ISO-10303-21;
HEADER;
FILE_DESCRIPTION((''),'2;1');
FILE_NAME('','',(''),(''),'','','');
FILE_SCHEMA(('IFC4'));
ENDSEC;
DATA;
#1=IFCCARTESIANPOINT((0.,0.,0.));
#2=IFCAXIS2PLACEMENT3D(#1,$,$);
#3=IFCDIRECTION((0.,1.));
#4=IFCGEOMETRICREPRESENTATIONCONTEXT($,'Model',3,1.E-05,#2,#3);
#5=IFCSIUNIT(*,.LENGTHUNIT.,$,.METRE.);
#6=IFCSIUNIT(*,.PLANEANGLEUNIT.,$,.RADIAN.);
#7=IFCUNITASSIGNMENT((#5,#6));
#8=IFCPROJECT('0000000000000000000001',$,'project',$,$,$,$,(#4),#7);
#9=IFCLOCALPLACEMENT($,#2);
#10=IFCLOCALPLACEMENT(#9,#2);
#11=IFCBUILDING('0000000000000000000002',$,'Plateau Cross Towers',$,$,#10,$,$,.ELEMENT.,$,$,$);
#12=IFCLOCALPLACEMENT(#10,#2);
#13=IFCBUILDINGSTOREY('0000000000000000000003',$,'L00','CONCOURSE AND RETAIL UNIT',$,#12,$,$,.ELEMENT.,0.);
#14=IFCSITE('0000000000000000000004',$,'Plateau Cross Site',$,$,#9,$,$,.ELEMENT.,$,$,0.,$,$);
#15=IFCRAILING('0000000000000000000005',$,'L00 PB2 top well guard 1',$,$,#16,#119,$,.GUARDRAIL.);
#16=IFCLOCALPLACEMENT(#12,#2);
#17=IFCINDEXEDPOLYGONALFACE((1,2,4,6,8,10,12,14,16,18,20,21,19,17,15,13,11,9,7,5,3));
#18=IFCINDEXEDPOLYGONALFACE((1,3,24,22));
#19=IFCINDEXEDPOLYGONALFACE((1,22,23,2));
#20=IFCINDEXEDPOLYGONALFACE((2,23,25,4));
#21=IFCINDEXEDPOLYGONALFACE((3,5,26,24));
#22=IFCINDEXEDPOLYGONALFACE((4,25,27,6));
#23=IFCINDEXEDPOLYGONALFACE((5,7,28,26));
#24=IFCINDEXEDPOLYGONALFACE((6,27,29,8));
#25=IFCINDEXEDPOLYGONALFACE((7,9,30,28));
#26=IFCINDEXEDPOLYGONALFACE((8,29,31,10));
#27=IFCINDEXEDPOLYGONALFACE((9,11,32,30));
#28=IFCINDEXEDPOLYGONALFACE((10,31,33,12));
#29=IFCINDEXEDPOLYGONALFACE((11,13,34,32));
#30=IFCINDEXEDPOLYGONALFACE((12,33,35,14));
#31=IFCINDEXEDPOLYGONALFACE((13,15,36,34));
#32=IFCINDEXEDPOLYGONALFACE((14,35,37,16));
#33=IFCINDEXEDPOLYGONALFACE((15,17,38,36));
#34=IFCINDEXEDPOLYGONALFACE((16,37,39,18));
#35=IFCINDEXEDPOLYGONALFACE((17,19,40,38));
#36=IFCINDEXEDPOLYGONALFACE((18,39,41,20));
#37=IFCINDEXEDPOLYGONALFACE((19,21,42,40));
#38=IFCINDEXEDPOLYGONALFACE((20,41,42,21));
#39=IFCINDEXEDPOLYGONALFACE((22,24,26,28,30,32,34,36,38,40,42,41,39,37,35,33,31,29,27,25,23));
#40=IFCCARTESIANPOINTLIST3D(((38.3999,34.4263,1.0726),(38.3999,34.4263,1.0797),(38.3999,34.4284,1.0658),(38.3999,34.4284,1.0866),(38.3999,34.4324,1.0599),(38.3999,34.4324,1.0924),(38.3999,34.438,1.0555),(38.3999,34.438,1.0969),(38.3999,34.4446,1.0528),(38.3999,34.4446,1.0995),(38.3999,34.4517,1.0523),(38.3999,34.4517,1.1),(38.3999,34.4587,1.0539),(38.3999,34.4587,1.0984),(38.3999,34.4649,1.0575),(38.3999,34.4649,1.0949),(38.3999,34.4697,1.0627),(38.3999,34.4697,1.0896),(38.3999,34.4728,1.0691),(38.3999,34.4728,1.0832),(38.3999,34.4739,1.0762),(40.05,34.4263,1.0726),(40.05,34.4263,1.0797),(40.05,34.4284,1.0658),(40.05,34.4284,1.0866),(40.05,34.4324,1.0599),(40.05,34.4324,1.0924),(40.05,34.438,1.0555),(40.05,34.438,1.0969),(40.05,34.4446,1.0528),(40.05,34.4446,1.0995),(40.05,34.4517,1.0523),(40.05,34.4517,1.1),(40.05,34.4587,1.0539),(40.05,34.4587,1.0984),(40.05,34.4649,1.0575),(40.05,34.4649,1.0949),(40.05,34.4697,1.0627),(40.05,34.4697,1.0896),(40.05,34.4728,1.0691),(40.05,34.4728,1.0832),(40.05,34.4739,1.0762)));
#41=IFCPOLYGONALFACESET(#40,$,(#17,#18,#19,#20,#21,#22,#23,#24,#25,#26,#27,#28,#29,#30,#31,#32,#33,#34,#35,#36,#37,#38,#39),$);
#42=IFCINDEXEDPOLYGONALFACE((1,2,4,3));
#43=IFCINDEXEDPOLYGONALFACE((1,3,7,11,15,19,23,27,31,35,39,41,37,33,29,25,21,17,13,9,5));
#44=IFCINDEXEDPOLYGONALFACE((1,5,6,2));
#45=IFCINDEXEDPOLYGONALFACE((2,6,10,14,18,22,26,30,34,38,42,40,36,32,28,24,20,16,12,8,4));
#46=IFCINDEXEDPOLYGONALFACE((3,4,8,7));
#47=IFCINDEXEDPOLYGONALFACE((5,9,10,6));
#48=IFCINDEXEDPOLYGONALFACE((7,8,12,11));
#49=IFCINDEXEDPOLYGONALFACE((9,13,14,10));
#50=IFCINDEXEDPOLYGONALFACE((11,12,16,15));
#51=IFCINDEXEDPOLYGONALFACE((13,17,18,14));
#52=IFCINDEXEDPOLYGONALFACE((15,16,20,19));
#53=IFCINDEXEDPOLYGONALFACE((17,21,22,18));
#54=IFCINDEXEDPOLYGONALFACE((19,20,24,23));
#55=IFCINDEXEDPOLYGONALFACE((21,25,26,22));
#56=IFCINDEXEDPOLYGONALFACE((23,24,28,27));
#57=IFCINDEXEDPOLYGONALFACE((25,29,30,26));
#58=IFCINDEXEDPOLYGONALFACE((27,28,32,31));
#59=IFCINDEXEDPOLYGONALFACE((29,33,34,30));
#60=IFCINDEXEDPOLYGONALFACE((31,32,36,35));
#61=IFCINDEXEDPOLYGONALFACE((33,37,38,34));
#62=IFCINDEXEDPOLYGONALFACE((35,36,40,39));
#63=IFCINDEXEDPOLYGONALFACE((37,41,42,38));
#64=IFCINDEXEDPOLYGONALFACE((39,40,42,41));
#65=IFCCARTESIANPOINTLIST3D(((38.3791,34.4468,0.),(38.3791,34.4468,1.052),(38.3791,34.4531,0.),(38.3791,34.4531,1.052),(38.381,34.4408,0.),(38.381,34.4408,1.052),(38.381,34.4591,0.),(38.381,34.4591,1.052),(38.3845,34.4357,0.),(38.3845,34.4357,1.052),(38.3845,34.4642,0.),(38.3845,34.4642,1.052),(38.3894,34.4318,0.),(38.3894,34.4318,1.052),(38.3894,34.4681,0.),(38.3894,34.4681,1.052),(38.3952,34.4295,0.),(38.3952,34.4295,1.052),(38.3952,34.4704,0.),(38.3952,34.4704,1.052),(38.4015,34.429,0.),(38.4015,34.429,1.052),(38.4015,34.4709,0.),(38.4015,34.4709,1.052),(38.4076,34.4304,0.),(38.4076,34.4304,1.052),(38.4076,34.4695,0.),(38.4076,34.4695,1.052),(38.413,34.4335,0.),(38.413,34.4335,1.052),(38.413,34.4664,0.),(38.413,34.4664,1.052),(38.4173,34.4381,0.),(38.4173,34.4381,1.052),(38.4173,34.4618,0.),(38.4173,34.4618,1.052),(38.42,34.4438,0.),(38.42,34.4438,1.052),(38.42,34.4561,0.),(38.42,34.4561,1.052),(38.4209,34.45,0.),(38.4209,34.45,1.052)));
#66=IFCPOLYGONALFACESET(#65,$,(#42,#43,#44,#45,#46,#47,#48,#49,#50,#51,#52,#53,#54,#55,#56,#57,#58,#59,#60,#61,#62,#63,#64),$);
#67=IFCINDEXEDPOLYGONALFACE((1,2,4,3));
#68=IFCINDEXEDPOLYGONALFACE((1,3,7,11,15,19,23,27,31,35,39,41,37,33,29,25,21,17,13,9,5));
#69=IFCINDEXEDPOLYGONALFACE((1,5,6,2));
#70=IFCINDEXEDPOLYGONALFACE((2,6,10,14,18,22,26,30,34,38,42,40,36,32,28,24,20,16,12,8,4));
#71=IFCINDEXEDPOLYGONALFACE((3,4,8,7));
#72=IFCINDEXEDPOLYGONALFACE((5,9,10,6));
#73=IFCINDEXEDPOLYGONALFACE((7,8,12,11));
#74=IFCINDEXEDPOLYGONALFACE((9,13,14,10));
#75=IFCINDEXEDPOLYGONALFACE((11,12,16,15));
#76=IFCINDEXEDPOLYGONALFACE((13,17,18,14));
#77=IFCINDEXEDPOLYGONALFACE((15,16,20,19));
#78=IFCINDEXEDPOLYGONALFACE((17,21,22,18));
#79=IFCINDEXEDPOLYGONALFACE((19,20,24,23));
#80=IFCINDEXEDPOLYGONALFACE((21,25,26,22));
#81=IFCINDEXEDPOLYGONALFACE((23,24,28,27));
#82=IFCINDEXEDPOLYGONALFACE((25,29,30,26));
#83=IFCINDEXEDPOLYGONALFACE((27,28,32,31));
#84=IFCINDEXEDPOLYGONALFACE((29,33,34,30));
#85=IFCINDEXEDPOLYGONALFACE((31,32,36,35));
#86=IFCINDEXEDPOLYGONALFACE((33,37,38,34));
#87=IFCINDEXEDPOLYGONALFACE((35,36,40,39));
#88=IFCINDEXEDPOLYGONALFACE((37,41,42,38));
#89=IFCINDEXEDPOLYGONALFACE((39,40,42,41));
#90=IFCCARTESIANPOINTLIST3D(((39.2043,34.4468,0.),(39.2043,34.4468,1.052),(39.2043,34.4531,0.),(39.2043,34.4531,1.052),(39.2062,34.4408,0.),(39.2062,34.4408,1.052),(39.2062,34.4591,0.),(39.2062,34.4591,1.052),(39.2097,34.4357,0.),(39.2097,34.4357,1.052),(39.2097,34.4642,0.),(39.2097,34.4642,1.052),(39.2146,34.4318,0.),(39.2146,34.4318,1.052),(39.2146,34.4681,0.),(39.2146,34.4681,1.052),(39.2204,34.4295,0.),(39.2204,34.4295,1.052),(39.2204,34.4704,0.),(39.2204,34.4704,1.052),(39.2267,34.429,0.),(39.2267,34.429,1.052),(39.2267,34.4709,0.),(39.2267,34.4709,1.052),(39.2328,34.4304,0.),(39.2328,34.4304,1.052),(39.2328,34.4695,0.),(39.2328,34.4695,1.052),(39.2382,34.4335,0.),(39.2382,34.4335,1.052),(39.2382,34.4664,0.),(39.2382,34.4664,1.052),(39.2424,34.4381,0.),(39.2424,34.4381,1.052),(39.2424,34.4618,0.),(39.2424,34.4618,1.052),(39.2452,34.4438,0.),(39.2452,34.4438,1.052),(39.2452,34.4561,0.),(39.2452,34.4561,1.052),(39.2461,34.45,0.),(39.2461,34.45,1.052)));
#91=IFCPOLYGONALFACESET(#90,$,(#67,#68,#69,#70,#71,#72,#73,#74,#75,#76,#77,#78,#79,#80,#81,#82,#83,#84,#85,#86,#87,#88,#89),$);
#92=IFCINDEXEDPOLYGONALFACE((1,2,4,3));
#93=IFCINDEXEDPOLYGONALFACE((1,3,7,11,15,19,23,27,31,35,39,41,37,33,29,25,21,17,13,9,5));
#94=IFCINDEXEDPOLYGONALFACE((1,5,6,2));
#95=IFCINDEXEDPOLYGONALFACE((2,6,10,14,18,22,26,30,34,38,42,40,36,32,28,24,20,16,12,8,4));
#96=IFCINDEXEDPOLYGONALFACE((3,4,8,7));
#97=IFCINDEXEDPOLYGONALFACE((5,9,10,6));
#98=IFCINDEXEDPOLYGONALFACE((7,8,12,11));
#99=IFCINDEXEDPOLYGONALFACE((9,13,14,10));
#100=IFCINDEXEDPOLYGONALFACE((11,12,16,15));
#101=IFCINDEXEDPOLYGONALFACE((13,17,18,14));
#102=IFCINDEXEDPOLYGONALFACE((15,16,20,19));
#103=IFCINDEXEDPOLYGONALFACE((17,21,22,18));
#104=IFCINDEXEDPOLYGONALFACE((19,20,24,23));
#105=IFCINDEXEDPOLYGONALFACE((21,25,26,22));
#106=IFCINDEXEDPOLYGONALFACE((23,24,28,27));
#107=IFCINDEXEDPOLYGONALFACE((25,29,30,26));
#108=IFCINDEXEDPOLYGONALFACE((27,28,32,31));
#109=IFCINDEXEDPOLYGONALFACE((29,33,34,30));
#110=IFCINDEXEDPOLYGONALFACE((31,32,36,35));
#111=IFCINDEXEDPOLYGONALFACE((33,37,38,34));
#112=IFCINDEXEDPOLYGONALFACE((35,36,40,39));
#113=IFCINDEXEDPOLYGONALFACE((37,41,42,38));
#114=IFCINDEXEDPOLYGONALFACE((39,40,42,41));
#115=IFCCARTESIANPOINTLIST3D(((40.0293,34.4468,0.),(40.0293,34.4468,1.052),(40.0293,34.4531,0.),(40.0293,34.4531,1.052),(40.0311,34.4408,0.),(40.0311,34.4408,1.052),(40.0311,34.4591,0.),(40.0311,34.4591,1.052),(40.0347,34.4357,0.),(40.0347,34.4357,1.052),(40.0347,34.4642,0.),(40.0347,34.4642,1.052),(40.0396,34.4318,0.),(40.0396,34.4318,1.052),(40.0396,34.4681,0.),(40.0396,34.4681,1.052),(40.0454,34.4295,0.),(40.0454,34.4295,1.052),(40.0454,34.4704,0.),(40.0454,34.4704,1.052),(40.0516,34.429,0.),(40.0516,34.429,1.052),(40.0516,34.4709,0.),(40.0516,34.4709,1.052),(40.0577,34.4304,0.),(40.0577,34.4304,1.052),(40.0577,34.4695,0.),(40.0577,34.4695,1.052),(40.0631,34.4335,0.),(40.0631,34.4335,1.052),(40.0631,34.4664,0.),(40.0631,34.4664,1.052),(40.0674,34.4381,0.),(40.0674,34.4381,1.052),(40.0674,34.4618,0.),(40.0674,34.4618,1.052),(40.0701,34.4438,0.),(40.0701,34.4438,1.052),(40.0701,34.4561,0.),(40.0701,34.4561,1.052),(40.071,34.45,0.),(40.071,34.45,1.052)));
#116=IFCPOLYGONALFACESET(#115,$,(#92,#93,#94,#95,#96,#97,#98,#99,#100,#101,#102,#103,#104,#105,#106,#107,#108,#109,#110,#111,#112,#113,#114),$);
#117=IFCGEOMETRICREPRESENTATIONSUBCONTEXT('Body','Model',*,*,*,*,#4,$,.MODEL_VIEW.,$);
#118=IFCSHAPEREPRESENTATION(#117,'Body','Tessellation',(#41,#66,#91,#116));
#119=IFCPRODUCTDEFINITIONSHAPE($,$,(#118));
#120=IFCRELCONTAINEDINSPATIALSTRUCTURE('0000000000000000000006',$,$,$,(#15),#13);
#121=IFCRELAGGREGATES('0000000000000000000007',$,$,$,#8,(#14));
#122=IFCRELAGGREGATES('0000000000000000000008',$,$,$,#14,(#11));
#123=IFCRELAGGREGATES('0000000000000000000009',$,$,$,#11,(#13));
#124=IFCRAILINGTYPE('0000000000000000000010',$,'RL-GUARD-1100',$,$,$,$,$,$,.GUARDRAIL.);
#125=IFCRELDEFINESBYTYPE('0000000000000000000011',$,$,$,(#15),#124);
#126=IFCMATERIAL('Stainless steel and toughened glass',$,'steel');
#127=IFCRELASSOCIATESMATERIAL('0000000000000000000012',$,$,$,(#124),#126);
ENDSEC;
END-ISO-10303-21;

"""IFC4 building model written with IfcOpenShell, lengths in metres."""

from ifc_helpers import new_model, si_unit, direction, frame, origin, origin_2d, place, context, subcontext, project, spatial, circle, extrude, material, type_object, element, save


model = new_model("IFC4")

# Units and contexts
model_context = context("Model", 3, precision=1e-05, world=origin(), true_north=direction((0.0, 1.0)))
body_context = subcontext(model_context, "Body", "Model", "MODEL_VIEW")
ifc_project = project(units=[si_unit("LENGTHUNIT", "METRE"), si_unit("PLANEANGLEUNIT", "RADIAN")], contexts=[model_context])

# Site, building, storey
site_placement = place(None, origin())
site = spatial("IfcSite", under=ifc_project, at=site_placement, Name="Plateau Cross Site", CompositionType="ELEMENT", RefElevation=0.0)
building_placement = place(site_placement, origin())
building = spatial("IfcBuilding", under=site, at=building_placement, Name="Plateau Cross Towers", CompositionType="ELEMENT")
storey_placement = place(building_placement, origin())
storey = spatial("IfcBuildingStorey", under=building, at=storey_placement, Name="L00", Description="CONCOURSE AND RETAIL UNIT", CompositionType="ELEMENT", Elevation=0.0)

# Railing
ifc_material_1 = material(Name="Stainless steel and toughened glass", Category="steel")
railing_type_1 = type_object("IfcRailingType", Name="RL-GUARD-1100", PredefinedType="GUARDRAIL", material=ifc_material_1)
railing_1_placement = place(storey_placement, frame((38.3999, 34.45, 0.0)))
element("IfcRailing", 1, at=railing_1_placement, inside=storey, type_object=railing_type_1, Name="L00 PB2 top well guard 1", PredefinedType="GUARDRAIL", context=body_context, shape_type="SweptSolid", body=[
    extrude(circle(Radius=0.0239, at=origin_2d()), frame((0.0, 0.0, 1.0762), z_axis=(1.0, 0.0, 0.0), x_axis=(0.0, 1.0, 0.0)), (0.0, 0.0, 1.0), 1.6501),
    extrude(circle(Radius=0.021, at=origin_2d()), origin(), (0.0, 0.0, 1.0), 1.052),
    extrude(circle(Radius=0.021, at=origin_2d()), frame((0.8252, 0.0, 0.0)), (0.0, 0.0, 1.0), 1.052),
    extrude(circle(Radius=0.021, at=origin_2d()), frame((1.6501, 0.0, 0.0)), (0.0, 0.0, 1.0), 1.052),
])

save(model, "model.ifc")
